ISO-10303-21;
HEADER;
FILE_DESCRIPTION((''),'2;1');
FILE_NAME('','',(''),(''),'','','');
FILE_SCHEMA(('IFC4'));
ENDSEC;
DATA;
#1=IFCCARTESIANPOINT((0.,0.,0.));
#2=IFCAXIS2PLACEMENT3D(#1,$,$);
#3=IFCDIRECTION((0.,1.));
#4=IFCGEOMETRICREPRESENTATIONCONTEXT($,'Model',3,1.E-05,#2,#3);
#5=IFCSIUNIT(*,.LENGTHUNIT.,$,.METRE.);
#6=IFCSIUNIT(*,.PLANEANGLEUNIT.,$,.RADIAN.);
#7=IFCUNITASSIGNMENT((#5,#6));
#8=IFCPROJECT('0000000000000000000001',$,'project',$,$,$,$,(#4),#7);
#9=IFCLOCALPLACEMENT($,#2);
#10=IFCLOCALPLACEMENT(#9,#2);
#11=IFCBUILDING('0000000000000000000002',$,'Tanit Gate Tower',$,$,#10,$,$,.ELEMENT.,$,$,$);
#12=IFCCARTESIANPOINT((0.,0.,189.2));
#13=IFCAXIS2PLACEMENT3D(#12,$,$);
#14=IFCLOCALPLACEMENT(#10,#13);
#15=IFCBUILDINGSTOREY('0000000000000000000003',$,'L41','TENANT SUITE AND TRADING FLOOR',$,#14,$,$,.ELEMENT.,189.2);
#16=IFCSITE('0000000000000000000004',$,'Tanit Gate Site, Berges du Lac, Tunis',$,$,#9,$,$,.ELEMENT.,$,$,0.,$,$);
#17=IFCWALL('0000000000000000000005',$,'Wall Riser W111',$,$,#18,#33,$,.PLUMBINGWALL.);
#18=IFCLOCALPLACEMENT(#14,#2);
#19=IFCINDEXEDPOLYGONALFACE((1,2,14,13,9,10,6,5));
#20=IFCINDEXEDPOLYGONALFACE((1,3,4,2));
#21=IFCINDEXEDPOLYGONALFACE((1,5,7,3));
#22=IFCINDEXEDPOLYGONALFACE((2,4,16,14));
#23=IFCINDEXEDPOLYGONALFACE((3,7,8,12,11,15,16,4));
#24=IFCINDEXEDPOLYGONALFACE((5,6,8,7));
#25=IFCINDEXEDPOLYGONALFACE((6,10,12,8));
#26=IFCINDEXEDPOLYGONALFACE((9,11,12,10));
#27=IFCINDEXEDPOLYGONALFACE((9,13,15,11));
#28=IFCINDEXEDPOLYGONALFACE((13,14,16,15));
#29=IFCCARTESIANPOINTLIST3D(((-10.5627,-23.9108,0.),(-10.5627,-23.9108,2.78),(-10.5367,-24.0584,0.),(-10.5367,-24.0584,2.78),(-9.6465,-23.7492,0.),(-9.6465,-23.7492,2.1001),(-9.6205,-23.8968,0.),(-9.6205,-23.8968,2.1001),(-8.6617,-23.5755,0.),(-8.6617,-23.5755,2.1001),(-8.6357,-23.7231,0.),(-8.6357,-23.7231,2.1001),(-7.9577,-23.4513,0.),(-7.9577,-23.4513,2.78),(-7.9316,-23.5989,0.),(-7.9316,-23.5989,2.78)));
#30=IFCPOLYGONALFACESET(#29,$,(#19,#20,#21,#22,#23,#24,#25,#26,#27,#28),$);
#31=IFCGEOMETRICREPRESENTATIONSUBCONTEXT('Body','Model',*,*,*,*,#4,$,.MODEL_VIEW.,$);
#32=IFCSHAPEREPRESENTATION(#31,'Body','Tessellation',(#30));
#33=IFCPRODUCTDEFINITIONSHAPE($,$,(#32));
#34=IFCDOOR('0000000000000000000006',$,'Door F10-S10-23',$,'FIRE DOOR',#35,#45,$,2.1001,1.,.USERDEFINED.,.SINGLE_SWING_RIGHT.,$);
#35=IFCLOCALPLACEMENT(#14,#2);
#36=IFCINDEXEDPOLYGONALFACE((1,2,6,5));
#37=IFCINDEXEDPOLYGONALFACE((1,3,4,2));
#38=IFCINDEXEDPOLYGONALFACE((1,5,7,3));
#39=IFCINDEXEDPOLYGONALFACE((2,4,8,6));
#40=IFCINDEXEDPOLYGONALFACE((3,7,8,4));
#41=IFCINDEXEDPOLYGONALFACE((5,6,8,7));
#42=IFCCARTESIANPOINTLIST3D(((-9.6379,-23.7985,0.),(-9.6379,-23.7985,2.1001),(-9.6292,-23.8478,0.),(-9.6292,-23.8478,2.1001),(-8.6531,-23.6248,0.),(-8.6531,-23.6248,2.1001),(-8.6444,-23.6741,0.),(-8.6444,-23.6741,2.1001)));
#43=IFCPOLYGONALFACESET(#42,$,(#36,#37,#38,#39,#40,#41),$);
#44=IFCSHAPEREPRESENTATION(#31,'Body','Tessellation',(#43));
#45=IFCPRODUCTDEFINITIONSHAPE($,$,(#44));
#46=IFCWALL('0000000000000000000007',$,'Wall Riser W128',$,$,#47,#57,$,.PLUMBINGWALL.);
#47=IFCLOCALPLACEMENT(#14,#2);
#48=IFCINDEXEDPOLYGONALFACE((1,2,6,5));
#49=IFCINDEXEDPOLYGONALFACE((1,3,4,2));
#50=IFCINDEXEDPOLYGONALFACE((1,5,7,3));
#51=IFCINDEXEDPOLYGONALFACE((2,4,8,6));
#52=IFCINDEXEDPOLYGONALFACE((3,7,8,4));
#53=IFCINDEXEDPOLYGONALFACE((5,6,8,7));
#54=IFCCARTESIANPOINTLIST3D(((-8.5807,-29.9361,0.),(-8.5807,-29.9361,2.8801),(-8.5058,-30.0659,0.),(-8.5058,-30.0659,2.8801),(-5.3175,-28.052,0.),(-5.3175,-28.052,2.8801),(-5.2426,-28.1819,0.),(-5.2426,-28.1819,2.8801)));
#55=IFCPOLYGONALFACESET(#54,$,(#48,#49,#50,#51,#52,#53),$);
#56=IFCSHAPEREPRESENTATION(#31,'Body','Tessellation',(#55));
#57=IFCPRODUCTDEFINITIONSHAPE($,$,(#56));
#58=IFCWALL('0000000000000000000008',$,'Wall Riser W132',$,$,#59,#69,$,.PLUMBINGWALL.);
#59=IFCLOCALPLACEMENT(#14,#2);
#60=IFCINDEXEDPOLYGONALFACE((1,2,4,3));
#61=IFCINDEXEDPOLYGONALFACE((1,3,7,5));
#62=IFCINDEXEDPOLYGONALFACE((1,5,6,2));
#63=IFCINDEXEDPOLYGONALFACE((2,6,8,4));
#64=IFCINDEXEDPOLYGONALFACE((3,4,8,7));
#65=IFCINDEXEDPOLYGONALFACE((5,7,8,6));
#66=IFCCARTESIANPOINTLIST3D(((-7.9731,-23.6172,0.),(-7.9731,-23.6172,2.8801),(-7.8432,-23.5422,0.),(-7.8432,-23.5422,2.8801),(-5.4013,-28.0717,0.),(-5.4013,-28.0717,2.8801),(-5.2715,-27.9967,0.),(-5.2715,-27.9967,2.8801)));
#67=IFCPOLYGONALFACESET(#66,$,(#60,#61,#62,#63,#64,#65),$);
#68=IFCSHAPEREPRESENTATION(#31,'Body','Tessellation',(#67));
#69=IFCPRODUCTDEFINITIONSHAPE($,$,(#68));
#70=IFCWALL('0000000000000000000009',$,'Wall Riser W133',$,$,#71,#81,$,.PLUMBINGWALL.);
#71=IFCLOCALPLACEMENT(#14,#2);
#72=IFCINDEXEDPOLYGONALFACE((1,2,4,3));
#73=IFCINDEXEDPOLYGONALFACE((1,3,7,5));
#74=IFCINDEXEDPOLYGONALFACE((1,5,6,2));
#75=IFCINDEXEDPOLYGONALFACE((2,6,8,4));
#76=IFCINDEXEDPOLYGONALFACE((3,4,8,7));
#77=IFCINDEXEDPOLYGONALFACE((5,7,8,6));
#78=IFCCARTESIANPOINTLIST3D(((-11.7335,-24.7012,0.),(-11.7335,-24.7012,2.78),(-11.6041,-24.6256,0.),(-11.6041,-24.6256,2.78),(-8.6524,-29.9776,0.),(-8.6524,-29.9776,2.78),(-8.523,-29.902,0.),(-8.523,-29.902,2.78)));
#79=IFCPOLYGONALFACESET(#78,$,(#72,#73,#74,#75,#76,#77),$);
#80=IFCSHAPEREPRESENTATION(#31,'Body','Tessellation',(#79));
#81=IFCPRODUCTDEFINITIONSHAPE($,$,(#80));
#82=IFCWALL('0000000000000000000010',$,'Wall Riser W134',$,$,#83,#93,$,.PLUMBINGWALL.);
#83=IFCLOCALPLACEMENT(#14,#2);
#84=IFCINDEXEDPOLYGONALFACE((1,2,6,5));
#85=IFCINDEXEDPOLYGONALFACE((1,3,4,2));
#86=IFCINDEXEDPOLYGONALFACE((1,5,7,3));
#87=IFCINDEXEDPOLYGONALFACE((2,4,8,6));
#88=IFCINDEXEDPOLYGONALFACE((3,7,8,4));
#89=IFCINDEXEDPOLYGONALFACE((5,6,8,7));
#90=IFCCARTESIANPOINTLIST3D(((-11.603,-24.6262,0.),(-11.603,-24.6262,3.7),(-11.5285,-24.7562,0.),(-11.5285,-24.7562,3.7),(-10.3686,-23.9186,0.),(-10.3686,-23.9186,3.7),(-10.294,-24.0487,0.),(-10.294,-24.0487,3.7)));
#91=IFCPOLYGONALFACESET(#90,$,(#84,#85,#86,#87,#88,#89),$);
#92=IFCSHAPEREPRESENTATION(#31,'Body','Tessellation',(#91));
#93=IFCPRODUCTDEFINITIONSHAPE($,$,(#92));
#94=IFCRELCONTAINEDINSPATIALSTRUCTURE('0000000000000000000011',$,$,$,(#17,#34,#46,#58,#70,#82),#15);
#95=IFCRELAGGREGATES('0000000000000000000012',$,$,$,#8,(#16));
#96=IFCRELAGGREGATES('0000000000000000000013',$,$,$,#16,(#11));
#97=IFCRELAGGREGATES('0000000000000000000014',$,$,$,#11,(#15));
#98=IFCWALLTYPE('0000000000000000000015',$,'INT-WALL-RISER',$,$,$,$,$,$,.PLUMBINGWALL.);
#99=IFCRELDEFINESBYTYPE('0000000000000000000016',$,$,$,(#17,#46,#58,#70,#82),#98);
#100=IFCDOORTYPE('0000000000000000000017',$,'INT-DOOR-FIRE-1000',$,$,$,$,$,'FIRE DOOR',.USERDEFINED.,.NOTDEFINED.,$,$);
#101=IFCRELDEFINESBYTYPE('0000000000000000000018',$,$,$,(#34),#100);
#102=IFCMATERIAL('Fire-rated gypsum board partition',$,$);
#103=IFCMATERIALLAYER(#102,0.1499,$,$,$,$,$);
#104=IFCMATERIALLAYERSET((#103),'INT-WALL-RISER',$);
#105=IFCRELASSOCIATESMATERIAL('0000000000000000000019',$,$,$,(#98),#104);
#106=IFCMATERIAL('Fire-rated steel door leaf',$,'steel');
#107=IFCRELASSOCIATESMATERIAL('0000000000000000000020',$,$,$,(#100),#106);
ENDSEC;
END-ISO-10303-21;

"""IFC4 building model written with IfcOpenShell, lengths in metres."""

from ifc_helpers import new_model, si_unit, direction, frame, frame_2d, origin, place, context, subcontext, project, spatial, rectangle, extrude, material, layer, layer_set, type_object, element, fill, save


model = new_model("IFC4")

# Units and contexts
model_context = context("Model", 3, precision=1e-05, world=origin(), true_north=direction((0.0, 1.0)))
body_context = subcontext(model_context, "Body", "Model", "MODEL_VIEW")
ifc_project = project(units=[si_unit("LENGTHUNIT", "METRE"), si_unit("PLANEANGLEUNIT", "RADIAN")], contexts=[model_context])

# Site, building, storey
site_placement = place(None, origin())
site = spatial("IfcSite", under=ifc_project, at=site_placement, Name="Tanit Gate Site, Berges du Lac, Tunis", CompositionType="ELEMENT", RefElevation=0.0)
building_placement = place(site_placement, origin())
building = spatial("IfcBuilding", under=site, at=building_placement, Name="Tanit Gate Tower", CompositionType="ELEMENT")
storey_placement = place(building_placement, frame((0.0, 0.0, 189.2)))
storey = spatial("IfcBuildingStorey", under=building, at=storey_placement, Name="L41", Description="TENANT SUITE AND TRADING FLOOR", CompositionType="ELEMENT", Elevation=189.2)

# Wall, opening, door
ifc_material_1 = material(Name="Fire-rated gypsum board partition")
ifc_layer_1 = layer(ifc_material_1, 0.1499)
ifc_layer_set_1 = layer_set([ifc_layer_1], Name="INT-WALL-RISER")
wall_type_1 = type_object("IfcWallType", Name="INT-WALL-RISER", PredefinedType="PLUMBINGWALL", material=ifc_layer_set_1)
wall_1_placement = place(storey_placement, frame((-10.5498, -23.9846, 0.0), z_axis=(0.0, 0.0, 1.0), x_axis=(0.984798, 0.173701, 0.0)))
wall_1 = element("IfcWall", 1, at=wall_1_placement, inside=storey, type_object=wall_type_1, Name="Wall Riser W111", PredefinedType="PLUMBINGWALL", context=body_context, shape_type="SweptSolid", body=[
    extrude(rectangle(XDim=2.6453, YDim=0.1499, at=frame_2d((1.3228, 0.0))), origin(), (0.0, 0.0, 1.0), 2.78),
])
opening_1_placement = place(wall_1_placement, frame((0.9304, 0.0, 0.0)))
opening_1 = element("IfcOpeningElement", 2, at=opening_1_placement, cuts=wall_1, PredefinedType="OPENING", context=body_context, shape_type="SweptSolid", body=[
    extrude(rectangle(XDim=1.0, YDim=2.1001, at=frame_2d((0.5, 1.05))), frame((0.0, 0.085, 0.0), z_axis=(0.0, -1.0, 0.0), x_axis=(1.0, 0.0, 0.0)), (0.0, 0.0, 1.0), 0.1699),
])
ifc_material_2 = material(Name="Fire-rated steel door leaf", Category="steel")
door_type_1 = type_object("IfcDoorType", Name="INT-DOOR-FIRE-1000", ElementType="FIRE DOOR", OperationType="NOTDEFINED", PredefinedType="USERDEFINED", material=ifc_material_2)
door_1_placement = place(opening_1_placement, origin())
door_1 = element("IfcDoor", 3, at=door_1_placement, inside=storey, type_object=door_type_1, Name="Door F10-S10-23", ObjectType="FIRE DOOR", OperationType="SINGLE_SWING_RIGHT", OverallHeight=2.1001, OverallWidth=1.0, PredefinedType="USERDEFINED", context=body_context, shape_type="SweptSolid", body=[
    extrude(rectangle(XDim=1.0, YDim=2.1001, at=frame_2d((0.5, 1.05))), frame((0.0, 0.0249, 0.0), z_axis=(0.0, -1.0, 0.0), x_axis=(1.0, 0.0, 0.0)), (0.0, 0.0, 1.0), 0.05),
])
fill(opening_1, door_1)

# Walls
wall_2_placement = place(storey_placement, frame((-5.28, -28.1169, 0.0), z_axis=(0.0, 0.0, 1.0), x_axis=(-0.866022, -0.500007, 0.0)))
element("IfcWall", 4, at=wall_2_placement, inside=storey, type_object=wall_type_1, Name="Wall Riser W128", PredefinedType="PLUMBINGWALL", context=body_context, shape_type="SweptSolid", body=[
    extrude(rectangle(XDim=3.7681, YDim=0.1499, at=frame_2d((1.884, 0.0))), origin(), (0.0, 0.0, 1.0), 2.8801),
])
wall_3_placement = place(storey_placement, frame((-5.3364, -28.0342, 0.0), z_axis=(0.0, 0.0, 1.0), x_axis=(-0.499988, 0.866032, 0.0)))
element("IfcWall", 5, at=wall_3_placement, inside=storey, type_object=wall_type_1, Name="Wall Riser W132", PredefinedType="PLUMBINGWALL", context=body_context, shape_type="SweptSolid", body=[
    extrude(rectangle(XDim=5.1436, YDim=0.1499, at=frame_2d((2.5718, 0.0))), origin(), (0.0, 0.0, 1.0), 2.8801),
])
wall_4_placement = place(storey_placement, frame((-8.5876, -29.9399, 0.0), z_axis=(0.0, 0.0, 1.0), x_axis=(-0.504259, 0.863553, 0.0)))
element("IfcWall", 6, at=wall_4_placement, inside=storey, type_object=wall_type_1, Name="Wall Riser W133", PredefinedType="PLUMBINGWALL", context=body_context, shape_type="SweptSolid", body=[
    extrude(rectangle(XDim=6.1101, YDim=0.1499, at=frame_2d((3.0552, 0.0))), origin(), (0.0, 0.0, 1.0), 2.78),
])
wall_5_placement = place(storey_placement, frame((-10.3313, -23.9836, 0.0), z_axis=(0.0, 0.0, 1.0), x_axis=(-0.867588, -0.497284, 0.0)))
element("IfcWall", 7, at=wall_5_placement, inside=storey, type_object=wall_type_1, Name="Wall Riser W134", PredefinedType="PLUMBINGWALL", context=body_context, shape_type="SweptSolid", body=[
    extrude(rectangle(XDim=1.4229, YDim=0.1499, at=frame_2d((0.7114, 0.0))), origin(), (0.0, 0.0, 1.0), 3.7),
])

save(model, "model.ifc")
